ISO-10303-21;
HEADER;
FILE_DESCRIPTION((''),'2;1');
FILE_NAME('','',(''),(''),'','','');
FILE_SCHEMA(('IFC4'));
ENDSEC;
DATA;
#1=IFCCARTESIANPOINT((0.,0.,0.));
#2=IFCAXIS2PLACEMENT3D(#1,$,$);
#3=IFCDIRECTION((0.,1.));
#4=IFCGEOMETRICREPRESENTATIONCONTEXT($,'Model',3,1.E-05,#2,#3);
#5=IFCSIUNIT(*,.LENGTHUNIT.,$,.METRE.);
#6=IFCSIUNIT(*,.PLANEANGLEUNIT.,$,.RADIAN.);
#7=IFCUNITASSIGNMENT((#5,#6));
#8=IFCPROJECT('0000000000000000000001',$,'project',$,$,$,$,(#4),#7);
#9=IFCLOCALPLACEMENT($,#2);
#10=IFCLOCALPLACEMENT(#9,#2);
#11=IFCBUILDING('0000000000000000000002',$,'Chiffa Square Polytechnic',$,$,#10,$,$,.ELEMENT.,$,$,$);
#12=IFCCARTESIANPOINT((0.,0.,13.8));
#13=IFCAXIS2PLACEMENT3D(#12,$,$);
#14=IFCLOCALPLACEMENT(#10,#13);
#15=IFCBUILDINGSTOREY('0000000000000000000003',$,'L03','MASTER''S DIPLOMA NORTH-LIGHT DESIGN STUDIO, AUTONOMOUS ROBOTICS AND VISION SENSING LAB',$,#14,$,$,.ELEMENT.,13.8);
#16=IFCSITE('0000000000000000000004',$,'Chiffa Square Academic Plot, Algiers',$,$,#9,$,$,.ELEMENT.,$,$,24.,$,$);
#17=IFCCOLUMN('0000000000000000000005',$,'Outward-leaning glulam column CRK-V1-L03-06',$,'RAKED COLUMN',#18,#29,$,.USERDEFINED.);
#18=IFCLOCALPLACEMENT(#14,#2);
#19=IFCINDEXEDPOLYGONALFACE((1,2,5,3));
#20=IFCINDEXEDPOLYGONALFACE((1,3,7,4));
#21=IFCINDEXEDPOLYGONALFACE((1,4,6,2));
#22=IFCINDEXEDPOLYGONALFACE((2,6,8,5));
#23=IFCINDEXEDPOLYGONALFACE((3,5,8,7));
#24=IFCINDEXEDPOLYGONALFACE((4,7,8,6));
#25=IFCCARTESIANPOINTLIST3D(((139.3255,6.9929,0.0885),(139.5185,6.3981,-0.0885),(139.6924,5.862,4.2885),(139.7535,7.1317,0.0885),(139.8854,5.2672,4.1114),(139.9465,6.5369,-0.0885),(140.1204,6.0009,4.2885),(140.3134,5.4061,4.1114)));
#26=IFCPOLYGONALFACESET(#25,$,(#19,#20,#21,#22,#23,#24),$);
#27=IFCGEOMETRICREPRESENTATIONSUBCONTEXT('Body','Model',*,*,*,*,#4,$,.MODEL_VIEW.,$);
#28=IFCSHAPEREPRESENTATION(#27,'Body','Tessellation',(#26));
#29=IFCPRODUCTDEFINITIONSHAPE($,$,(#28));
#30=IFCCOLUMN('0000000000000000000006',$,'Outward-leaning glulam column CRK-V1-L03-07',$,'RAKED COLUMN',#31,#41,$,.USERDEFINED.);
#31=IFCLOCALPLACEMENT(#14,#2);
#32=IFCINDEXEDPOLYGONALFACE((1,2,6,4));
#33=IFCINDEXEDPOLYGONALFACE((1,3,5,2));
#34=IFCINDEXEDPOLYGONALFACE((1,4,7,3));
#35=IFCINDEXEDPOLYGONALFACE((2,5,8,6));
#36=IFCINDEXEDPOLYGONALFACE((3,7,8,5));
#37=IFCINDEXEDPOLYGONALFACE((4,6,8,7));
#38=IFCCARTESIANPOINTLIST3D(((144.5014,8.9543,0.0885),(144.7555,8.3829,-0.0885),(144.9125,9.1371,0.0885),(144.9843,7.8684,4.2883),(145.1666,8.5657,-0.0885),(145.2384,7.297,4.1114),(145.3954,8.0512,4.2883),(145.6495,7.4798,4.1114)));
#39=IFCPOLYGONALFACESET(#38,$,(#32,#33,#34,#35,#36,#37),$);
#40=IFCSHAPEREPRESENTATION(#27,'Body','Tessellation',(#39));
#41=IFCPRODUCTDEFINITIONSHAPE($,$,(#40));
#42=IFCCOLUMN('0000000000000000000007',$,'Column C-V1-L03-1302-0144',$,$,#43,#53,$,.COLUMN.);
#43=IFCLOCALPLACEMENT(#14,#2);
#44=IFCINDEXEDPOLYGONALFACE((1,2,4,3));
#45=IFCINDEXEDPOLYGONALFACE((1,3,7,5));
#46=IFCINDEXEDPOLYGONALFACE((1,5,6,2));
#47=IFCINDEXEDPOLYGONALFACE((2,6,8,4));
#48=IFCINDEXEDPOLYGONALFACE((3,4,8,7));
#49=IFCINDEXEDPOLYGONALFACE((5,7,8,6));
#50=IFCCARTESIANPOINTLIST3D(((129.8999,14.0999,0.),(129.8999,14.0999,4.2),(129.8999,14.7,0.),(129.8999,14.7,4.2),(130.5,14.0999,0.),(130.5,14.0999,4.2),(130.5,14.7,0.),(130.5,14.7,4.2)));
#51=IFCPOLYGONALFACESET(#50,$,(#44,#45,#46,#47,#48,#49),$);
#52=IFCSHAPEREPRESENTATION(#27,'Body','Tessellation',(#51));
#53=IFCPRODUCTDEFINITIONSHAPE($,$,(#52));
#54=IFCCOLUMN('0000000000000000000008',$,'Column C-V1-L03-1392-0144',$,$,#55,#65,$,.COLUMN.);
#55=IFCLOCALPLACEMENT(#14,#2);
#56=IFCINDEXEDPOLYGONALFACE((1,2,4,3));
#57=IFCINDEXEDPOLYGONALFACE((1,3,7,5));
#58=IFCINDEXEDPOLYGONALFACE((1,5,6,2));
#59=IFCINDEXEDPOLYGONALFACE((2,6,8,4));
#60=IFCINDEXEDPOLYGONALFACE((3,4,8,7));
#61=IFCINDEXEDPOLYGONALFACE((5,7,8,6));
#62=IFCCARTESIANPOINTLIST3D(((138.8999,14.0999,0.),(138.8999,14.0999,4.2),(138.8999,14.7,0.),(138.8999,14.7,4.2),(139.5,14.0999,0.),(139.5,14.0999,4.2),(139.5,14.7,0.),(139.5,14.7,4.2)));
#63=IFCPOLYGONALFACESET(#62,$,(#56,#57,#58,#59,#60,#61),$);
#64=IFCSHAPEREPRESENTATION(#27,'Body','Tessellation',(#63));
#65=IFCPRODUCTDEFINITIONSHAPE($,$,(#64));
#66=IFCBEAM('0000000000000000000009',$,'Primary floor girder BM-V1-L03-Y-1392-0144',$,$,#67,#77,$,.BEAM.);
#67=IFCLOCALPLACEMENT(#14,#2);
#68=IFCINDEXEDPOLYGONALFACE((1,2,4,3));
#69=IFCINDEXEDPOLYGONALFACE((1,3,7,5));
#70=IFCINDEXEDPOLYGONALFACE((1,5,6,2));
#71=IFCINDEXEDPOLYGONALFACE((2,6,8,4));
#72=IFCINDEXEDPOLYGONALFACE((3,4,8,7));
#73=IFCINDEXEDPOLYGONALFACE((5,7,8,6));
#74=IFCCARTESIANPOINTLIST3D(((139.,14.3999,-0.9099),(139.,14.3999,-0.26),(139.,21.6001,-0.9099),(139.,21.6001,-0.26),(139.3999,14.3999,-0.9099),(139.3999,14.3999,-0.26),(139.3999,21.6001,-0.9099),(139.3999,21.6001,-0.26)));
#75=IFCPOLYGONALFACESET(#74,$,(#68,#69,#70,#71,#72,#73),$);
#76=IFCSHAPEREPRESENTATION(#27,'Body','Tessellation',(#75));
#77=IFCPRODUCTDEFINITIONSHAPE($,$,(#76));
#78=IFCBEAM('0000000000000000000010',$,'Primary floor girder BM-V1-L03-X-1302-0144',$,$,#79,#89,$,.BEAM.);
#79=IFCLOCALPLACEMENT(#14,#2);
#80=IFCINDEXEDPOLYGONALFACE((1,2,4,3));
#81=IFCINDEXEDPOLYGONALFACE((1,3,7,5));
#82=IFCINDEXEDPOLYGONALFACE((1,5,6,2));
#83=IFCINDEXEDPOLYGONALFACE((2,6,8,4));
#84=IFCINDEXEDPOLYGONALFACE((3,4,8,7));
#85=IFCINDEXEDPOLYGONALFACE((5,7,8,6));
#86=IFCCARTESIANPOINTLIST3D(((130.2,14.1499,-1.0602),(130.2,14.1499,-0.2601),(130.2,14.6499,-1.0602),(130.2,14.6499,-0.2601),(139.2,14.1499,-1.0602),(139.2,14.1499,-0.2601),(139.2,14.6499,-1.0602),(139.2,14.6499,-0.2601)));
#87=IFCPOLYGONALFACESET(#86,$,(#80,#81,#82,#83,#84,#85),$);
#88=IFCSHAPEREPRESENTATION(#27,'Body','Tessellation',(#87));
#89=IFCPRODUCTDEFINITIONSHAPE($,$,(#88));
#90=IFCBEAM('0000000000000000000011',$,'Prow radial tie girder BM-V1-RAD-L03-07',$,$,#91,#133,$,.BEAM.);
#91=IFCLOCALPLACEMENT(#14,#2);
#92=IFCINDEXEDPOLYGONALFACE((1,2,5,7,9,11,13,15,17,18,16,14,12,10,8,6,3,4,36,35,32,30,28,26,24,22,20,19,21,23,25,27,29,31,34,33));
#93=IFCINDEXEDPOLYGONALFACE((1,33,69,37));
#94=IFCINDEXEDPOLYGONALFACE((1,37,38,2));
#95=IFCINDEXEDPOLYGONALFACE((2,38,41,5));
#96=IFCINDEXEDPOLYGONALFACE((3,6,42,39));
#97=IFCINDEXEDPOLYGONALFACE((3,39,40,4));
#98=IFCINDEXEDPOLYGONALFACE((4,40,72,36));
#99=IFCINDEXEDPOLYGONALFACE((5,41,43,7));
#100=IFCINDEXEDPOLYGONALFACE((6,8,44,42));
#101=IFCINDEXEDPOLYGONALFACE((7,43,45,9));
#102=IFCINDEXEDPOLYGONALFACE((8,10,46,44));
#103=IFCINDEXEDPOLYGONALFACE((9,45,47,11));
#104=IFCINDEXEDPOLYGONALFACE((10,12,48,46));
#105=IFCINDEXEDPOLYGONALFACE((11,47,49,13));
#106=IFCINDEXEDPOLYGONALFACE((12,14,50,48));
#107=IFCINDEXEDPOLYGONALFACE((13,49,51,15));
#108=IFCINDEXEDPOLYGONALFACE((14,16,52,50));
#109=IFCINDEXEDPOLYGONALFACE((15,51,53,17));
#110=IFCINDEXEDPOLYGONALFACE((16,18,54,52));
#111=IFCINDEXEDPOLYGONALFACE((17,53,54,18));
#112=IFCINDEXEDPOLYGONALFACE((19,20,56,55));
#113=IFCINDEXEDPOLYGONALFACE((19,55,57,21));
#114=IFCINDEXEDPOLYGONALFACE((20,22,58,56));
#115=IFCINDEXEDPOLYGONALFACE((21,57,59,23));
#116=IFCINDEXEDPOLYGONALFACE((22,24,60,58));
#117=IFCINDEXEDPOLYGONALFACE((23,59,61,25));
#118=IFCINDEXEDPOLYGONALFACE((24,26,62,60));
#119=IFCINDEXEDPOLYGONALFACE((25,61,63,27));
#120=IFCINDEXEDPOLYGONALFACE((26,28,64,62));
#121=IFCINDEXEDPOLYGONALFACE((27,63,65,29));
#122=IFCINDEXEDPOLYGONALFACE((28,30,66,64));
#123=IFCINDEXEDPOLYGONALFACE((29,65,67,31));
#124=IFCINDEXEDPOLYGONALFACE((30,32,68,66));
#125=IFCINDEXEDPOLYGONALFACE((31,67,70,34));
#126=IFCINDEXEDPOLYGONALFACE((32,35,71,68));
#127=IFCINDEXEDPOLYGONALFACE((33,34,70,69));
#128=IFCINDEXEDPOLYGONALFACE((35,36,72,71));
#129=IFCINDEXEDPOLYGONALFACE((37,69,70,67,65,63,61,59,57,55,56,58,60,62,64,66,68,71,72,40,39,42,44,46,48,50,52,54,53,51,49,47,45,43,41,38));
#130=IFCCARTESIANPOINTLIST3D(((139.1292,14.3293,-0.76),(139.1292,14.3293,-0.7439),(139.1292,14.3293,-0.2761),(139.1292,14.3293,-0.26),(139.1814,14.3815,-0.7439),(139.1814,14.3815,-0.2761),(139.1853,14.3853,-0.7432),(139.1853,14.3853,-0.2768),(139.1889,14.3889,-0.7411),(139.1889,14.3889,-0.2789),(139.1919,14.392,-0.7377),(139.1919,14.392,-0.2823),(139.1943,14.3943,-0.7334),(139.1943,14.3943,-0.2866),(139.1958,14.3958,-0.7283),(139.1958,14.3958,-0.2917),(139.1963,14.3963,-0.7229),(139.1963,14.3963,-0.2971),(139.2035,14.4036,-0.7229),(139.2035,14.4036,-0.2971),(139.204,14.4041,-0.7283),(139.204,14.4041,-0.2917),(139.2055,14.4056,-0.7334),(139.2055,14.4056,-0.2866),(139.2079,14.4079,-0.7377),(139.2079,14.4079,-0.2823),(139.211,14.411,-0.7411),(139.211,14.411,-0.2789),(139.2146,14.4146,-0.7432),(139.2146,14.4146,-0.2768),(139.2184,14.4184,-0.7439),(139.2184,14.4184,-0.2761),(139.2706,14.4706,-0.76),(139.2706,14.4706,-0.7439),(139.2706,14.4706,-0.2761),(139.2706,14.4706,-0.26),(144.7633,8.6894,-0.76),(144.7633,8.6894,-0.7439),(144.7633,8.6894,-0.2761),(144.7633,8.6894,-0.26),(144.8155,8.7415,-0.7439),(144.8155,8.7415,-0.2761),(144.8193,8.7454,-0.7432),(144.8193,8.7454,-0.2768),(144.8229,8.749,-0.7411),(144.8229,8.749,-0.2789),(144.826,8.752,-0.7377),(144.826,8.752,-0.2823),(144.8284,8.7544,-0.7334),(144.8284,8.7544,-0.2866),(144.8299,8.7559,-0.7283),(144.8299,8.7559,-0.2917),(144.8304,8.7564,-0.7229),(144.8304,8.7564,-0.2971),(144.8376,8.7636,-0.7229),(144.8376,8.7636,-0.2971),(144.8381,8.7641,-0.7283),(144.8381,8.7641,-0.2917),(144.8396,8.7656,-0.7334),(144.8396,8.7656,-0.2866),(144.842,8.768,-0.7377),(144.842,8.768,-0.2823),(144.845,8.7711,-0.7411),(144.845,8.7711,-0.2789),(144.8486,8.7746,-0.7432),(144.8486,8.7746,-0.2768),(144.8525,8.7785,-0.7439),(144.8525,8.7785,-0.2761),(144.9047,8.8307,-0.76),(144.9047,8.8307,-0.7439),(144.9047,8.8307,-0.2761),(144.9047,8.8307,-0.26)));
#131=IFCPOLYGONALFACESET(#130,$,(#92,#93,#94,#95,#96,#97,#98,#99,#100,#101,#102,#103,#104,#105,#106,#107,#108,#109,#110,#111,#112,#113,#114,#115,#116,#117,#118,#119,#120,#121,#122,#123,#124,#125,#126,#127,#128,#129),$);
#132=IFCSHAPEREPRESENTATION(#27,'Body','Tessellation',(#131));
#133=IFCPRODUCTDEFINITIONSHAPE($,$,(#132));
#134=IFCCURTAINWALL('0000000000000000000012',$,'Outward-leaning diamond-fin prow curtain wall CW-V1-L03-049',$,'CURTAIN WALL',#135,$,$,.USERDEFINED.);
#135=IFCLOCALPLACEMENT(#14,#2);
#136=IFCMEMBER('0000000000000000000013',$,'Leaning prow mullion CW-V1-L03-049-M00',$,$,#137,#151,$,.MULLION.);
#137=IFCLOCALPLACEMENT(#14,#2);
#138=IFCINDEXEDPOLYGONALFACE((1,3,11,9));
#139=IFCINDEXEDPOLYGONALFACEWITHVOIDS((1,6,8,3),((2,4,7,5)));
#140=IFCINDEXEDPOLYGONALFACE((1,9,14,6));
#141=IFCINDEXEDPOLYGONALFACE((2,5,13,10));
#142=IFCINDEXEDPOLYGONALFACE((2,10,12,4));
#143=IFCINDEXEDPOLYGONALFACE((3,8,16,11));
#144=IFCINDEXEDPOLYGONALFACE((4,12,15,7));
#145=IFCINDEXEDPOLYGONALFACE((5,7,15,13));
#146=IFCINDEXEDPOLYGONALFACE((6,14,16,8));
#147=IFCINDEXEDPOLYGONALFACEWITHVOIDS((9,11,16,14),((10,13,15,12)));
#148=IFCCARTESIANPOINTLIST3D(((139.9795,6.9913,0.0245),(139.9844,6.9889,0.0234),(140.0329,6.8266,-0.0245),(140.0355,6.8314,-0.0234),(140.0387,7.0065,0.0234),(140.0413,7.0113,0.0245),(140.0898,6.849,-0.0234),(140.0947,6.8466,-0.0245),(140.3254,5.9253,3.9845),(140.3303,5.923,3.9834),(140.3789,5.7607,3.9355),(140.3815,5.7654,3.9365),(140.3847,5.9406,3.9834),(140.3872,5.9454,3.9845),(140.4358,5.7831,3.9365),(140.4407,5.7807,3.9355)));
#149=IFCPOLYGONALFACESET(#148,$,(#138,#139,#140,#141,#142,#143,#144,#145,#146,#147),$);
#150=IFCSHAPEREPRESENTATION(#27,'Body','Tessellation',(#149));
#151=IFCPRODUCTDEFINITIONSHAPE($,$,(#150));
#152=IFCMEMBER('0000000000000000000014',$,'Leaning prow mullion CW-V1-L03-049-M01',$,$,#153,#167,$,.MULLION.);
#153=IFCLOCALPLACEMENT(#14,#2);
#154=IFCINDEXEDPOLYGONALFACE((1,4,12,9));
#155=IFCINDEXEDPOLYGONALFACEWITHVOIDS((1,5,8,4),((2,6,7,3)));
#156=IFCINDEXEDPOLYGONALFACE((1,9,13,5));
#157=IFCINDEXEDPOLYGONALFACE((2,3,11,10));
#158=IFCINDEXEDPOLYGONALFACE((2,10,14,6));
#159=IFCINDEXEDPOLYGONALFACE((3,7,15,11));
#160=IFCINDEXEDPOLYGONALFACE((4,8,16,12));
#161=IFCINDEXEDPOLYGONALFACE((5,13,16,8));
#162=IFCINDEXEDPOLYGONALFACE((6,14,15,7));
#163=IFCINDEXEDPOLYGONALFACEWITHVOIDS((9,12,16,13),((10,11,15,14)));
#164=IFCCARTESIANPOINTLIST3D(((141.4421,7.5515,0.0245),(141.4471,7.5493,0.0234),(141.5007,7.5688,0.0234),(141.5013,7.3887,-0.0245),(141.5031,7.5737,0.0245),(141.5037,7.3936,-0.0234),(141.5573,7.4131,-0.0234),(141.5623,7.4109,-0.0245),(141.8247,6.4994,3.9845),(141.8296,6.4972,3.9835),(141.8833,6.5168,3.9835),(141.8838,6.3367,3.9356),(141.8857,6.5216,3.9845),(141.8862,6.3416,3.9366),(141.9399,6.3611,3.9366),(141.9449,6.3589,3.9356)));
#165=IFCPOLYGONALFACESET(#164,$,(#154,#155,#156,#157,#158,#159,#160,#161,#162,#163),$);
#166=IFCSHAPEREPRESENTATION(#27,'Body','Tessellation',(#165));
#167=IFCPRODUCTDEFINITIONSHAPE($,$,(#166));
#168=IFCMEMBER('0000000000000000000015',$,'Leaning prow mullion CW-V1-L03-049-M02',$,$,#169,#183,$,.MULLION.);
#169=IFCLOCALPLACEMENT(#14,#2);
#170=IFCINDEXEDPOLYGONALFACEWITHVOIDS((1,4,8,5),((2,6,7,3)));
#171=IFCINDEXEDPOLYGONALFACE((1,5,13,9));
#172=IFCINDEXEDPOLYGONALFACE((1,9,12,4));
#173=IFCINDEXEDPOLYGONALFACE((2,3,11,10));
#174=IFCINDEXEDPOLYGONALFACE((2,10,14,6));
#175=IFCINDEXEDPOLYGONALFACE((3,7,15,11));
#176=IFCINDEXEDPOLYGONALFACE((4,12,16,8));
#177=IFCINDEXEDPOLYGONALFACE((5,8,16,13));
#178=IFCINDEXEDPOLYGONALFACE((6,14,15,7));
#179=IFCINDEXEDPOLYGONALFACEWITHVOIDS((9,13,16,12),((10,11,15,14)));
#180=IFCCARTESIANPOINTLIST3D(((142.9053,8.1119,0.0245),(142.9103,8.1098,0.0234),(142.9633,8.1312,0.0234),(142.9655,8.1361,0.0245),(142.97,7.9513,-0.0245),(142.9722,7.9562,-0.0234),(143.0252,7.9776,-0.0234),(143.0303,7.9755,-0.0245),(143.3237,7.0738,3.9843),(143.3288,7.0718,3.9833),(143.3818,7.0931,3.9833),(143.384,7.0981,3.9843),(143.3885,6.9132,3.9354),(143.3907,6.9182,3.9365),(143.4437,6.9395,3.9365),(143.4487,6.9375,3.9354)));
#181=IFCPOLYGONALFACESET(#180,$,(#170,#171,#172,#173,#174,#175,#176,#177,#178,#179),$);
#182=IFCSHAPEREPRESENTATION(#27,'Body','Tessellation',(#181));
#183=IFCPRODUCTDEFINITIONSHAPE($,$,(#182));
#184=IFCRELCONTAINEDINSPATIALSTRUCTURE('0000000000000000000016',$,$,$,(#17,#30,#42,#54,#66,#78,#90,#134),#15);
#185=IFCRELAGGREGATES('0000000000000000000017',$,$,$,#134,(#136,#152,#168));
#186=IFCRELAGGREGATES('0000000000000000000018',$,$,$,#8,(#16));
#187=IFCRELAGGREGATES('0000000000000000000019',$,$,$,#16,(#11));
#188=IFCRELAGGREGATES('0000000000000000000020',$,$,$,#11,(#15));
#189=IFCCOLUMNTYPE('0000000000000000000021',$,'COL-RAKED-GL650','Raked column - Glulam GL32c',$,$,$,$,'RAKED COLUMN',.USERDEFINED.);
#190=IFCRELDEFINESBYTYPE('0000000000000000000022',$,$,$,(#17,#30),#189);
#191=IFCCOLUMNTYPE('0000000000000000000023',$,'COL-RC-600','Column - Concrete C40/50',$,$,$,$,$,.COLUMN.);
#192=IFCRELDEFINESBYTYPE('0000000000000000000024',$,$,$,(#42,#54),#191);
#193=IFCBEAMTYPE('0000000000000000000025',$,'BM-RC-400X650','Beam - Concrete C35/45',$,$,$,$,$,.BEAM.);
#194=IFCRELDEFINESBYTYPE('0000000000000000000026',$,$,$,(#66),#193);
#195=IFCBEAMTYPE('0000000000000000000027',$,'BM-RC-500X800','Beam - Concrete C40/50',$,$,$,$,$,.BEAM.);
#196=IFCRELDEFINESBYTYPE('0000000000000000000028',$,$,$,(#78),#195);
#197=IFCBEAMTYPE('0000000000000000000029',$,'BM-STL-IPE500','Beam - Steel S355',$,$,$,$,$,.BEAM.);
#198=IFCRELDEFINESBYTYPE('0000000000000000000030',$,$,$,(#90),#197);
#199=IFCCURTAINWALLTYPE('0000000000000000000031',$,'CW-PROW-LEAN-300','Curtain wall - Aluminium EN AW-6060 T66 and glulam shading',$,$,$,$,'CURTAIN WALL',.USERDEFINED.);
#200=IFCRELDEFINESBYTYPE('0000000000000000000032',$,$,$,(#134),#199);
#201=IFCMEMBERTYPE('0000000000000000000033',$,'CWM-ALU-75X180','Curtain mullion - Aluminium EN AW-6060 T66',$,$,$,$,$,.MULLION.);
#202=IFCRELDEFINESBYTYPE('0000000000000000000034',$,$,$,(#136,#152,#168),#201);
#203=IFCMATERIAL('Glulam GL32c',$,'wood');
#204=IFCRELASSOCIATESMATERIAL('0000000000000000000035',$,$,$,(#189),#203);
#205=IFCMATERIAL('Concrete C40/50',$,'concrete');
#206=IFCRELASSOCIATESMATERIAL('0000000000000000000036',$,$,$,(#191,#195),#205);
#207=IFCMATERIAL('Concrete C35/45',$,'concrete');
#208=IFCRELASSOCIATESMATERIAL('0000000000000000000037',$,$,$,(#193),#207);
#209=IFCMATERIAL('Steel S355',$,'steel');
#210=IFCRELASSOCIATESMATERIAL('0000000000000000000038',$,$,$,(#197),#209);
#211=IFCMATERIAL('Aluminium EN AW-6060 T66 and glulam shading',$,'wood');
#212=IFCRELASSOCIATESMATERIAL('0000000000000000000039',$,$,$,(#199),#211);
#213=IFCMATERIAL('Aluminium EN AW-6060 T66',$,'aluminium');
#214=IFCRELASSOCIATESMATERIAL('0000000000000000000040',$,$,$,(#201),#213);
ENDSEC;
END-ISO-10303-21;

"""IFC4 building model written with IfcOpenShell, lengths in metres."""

from ifc_helpers import new_model, si_unit, direction, frame, origin, origin_2d, place, context, subcontext, project, spatial, rectangle, hollow_rectangle, i_section, extrude, material, material_profile, profile_set, type_object, element, aggregate, save


model = new_model("IFC4")

# Units and contexts
model_context = context("Model", 3, precision=1e-05, world=origin(), true_north=direction((0.0, 1.0)))
body_context = subcontext(model_context, "Body", "Model", "MODEL_VIEW")
ifc_project = project(units=[si_unit("LENGTHUNIT", "METRE"), si_unit("PLANEANGLEUNIT", "RADIAN")], contexts=[model_context])

# Site, building, storey
site_placement = place(None, origin())
site = spatial("IfcSite", under=ifc_project, at=site_placement, Name="Chiffa Square Academic Plot, Algiers", CompositionType="ELEMENT", RefElevation=24.0)
building_placement = place(site_placement, origin())
building = spatial("IfcBuilding", under=site, at=building_placement, Name="Chiffa Square Polytechnic", CompositionType="ELEMENT")
storey_placement = place(building_placement, frame((0.0, 0.0, 13.8)))
storey = spatial("IfcBuildingStorey", under=building, at=storey_placement, Name="L03", Description="MASTER'S DIPLOMA NORTH-LIGHT DESIGN STUDIO, AUTONOMOUS ROBOTICS AND VISION SENSING LAB", CompositionType="ELEMENT", Elevation=13.8)

# Columns
ifc_material_1 = material(Name="Glulam GL32c", Category="wood")
ifc_material_profile_1 = material_profile(ifc_material_1, rectangle(XDim=0.45, YDim=0.6499, at=origin_2d()), Name="GL32c 450x650")
ifc_profile_set_1 = profile_set([ifc_material_profile_1], Name="Glulam GL32c")
column_type_1 = type_object("IfcColumnType", Name="COL-RAKED-GL650", Description="Raked column - Glulam GL32c", ElementType="RAKED COLUMN", PredefinedType="USERDEFINED", material=ifc_profile_set_1)
column_1_placement = place(storey_placement, frame((139.636, 6.7649, 0.0), z_axis=(0.084065, -0.259075, 0.962192), x_axis=(0.951179, 0.30864, 0.0)))
element("IfcColumn", 1, at=column_1_placement, inside=storey, type_object=column_type_1, Name="Outward-leaning glulam column CRK-V1-L03-06", ObjectType="RAKED COLUMN", PredefinedType="USERDEFINED", context=body_context, shape_type="SweptSolid", body=[
    extrude(rectangle(XDim=0.45, YDim=0.6499, at=origin_2d()), origin(), (0.0, 0.0, 1.0), 4.365),
])
column_2_placement = place(storey_placement, frame((144.834, 8.76, 0.0), z_axis=(0.110636, -0.248791, 0.962218), x_axis=(0.913727, 0.406329, 0.0)))
element("IfcColumn", 2, at=column_2_placement, inside=storey, type_object=column_type_1, Name="Outward-leaning glulam column CRK-V1-L03-07", ObjectType="RAKED COLUMN", PredefinedType="USERDEFINED", context=body_context, shape_type="SweptSolid", body=[
    extrude(rectangle(XDim=0.45, YDim=0.6499, at=origin_2d()), origin(), (0.0, 0.0, 1.0), 4.3647),
])
ifc_material_2 = material(Name="Concrete C40/50", Category="concrete")
ifc_material_profile_2 = material_profile(ifc_material_2, rectangle(XDim=0.6001, YDim=0.6001, at=origin_2d()), Name="RC 600x600")
ifc_profile_set_2 = profile_set([ifc_material_profile_2], Name="Concrete C40/50")
column_type_2 = type_object("IfcColumnType", Name="COL-RC-600", Description="Column - Concrete C40/50", PredefinedType="COLUMN", material=ifc_profile_set_2)
for number, where, z_axis, x_axis, name in (
    (3, (130.2, 14.3999, 0.0), (0.0, 0.0, 1.0), (1.0, 0.0, 0.0), "Column C-V1-L03-1302-0144"),
    (4, (139.2, 14.3999, 0.0), (0.0, 0.0, 1.0), (1.0, 0.0, 0.0), "Column C-V1-L03-1392-0144"),
):
    element("IfcColumn", number, at=place(storey_placement, frame(where, z_axis=z_axis, x_axis=x_axis)), inside=storey, type_object=column_type_2, Name=name, PredefinedType="COLUMN", context=body_context, shape_type="SweptSolid", body=[
        extrude(rectangle(XDim=0.6001, YDim=0.6001, at=origin_2d()), origin(), (0.0, 0.0, 1.0), 4.2),
    ])

# Beams
ifc_material_3 = material(Name="Concrete C35/45", Category="concrete")
ifc_material_profile_3 = material_profile(ifc_material_3, rectangle(XDim=0.3999, YDim=0.6499, at=origin_2d()), Name="RC 400x650")
ifc_profile_set_3 = profile_set([ifc_material_profile_3], Name="Concrete C35/45")
beam_type_1 = type_object("IfcBeamType", Name="BM-RC-400X650", Description="Beam - Concrete C35/45", PredefinedType="BEAM", material=ifc_profile_set_3)
beam_1_placement = place(storey_placement, frame((139.2, 14.3999, -0.585), z_axis=(0.0, 1.0, 0.0), x_axis=(-1.0, 0.0, 0.0)))
element("IfcBeam", 5, at=beam_1_placement, inside=storey, type_object=beam_type_1, Name="Primary floor girder BM-V1-L03-Y-1392-0144", PredefinedType="BEAM", context=body_context, shape_type="SweptSolid", body=[
    extrude(rectangle(XDim=0.3999, YDim=0.6499, at=origin_2d()), origin(), (0.0, 0.0, 1.0), 7.2002),
])
ifc_material_profile_4 = material_profile(ifc_material_2, rectangle(XDim=0.5, YDim=0.8, at=origin_2d()), Name="RC 500x800")
ifc_profile_set_4 = profile_set([ifc_material_profile_4], Name="Concrete C40/50")
beam_type_2 = type_object("IfcBeamType", Name="BM-RC-500X800", Description="Beam - Concrete C40/50", PredefinedType="BEAM", material=ifc_profile_set_4)
beam_2_placement = place(storey_placement, frame((130.2, 14.3999, -0.6602), z_axis=(1.0, 0.0, 0.0), x_axis=(0.0, 1.0, 0.0)))
element("IfcBeam", 6, at=beam_2_placement, inside=storey, type_object=beam_type_2, Name="Primary floor girder BM-V1-L03-X-1302-0144", PredefinedType="BEAM", context=body_context, shape_type="SweptSolid", body=[
    extrude(rectangle(XDim=0.5, YDim=0.8, at=origin_2d()), origin(), (0.0, 0.0, 1.0), 9.0),
])
ifc_material_4 = material(Name="Steel S355", Category="steel")
ifc_material_profile_5 = material_profile(ifc_material_4, i_section(OverallWidth=0.2, OverallDepth=0.5, WebThickness=0.0103, FlangeThickness=0.0161, FilletRadius=0.021, at=origin_2d()), Name="IPE 500")
ifc_profile_set_5 = profile_set([ifc_material_profile_5], Name="Steel S355")
beam_type_3 = type_object("IfcBeamType", Name="BM-STL-IPE500", Description="Beam - Steel S355", PredefinedType="BEAM", material=ifc_profile_set_5)
beam_3_placement = place(storey_placement, frame((144.834, 8.76, -0.51), z_axis=(-0.706739, 0.707474, 0.0), x_axis=(-0.707474, -0.706739, 0.0)))
element("IfcBeam", 7, at=beam_3_placement, inside=storey, type_object=beam_type_3, Name="Prow radial tie girder BM-V1-RAD-L03-07", PredefinedType="BEAM", context=body_context, shape_type="SweptSolid", body=[
    extrude(i_section(OverallWidth=0.2, OverallDepth=0.5, WebThickness=0.0103, FlangeThickness=0.0161, FilletRadius=0.021, at=origin_2d()), origin(), (0.0, 0.0, 1.0), 7.9719),
])

# Curtain wall, members
ifc_material_5 = material(Name="Aluminium EN AW-6060 T66 and glulam shading", Category="wood")
curtain_wall_type = type_object("IfcCurtainWallType", Name="CW-PROW-LEAN-300", Description="Curtain wall - Aluminium EN AW-6060 T66 and glulam shading", ElementType="CURTAIN WALL", PredefinedType="USERDEFINED", material=ifc_material_5)
curtain_wall_placement = place(storey_placement, origin())
curtain_wall = element("IfcCurtainWall", 8, at=curtain_wall_placement, inside=storey, type_object=curtain_wall_type, Name="Outward-leaning diamond-fin prow curtain wall CW-V1-L03-049", ObjectType="CURTAIN WALL", PredefinedType="USERDEFINED")
ifc_material_6 = material(Name="Aluminium EN AW-6060 T66", Category="aluminium")
ifc_material_profile_6 = material_profile(ifc_material_6, hollow_rectangle(XDim=0.0649, YDim=0.1799, WallThickness=0.0039, at=origin_2d()), Name="ALU 65x180x4")
ifc_profile_set_6 = profile_set([ifc_material_profile_6], Name="Aluminium EN AW-6060 T66")
member_type_1 = type_object("IfcMemberType", Name="CWM-ALU-75X180", Description="Curtain mullion - Aluminium EN AW-6060 T66", PredefinedType="MULLION", material=ifc_profile_set_6)
member_1_placement = place(storey_placement, frame((140.0371, 6.9189, 0.0), z_axis=(0.08406, -0.259002, 0.962212), x_axis=(0.951159, 0.308702, 0.0)))
member_1 = element("IfcMember", 9, at=member_1_placement, type_object=member_type_1, Name="Leaning prow mullion CW-V1-L03-049-M00", PredefinedType="MULLION", context=body_context, shape_type="SweptSolid", body=[
    extrude(hollow_rectangle(XDim=0.0649, YDim=0.1799, WallThickness=0.0039, at=origin_2d()), origin(), (0.0, 0.0, 1.0), 4.1155),
])
member_2_placement = place(storey_placement, frame((141.5022, 7.4812, 0.0), z_axis=(0.092966, -0.255642, 0.962291), x_axis=(0.939787, 0.341761, 0.0)))
member_2 = element("IfcMember", 10, at=member_2_placement, type_object=member_type_1, Name="Leaning prow mullion CW-V1-L03-049-M01", PredefinedType="MULLION", context=body_context, shape_type="SweptSolid", body=[
    extrude(hollow_rectangle(XDim=0.0649, YDim=0.1799, WallThickness=0.0039, at=origin_2d()), origin(), (0.0, 0.0, 1.0), 4.1152),
])
member_3_placement = place(storey_placement, frame((142.9678, 8.0437, 0.0), z_axis=(0.101688, -0.252263, 0.962301), x_axis=(0.927481, 0.373871, 0.0)))
member_3 = element("IfcMember", 11, at=member_3_placement, type_object=member_type_1, Name="Leaning prow mullion CW-V1-L03-049-M02", PredefinedType="MULLION", context=body_context, shape_type="SweptSolid", body=[
    extrude(hollow_rectangle(XDim=0.0649, YDim=0.1799, WallThickness=0.0039, at=origin_2d()), origin(), (0.0, 0.0, 1.0), 4.115),
])

aggregate(curtain_wall, [member_1, member_2, member_3])

save(model, "model.ifc")
